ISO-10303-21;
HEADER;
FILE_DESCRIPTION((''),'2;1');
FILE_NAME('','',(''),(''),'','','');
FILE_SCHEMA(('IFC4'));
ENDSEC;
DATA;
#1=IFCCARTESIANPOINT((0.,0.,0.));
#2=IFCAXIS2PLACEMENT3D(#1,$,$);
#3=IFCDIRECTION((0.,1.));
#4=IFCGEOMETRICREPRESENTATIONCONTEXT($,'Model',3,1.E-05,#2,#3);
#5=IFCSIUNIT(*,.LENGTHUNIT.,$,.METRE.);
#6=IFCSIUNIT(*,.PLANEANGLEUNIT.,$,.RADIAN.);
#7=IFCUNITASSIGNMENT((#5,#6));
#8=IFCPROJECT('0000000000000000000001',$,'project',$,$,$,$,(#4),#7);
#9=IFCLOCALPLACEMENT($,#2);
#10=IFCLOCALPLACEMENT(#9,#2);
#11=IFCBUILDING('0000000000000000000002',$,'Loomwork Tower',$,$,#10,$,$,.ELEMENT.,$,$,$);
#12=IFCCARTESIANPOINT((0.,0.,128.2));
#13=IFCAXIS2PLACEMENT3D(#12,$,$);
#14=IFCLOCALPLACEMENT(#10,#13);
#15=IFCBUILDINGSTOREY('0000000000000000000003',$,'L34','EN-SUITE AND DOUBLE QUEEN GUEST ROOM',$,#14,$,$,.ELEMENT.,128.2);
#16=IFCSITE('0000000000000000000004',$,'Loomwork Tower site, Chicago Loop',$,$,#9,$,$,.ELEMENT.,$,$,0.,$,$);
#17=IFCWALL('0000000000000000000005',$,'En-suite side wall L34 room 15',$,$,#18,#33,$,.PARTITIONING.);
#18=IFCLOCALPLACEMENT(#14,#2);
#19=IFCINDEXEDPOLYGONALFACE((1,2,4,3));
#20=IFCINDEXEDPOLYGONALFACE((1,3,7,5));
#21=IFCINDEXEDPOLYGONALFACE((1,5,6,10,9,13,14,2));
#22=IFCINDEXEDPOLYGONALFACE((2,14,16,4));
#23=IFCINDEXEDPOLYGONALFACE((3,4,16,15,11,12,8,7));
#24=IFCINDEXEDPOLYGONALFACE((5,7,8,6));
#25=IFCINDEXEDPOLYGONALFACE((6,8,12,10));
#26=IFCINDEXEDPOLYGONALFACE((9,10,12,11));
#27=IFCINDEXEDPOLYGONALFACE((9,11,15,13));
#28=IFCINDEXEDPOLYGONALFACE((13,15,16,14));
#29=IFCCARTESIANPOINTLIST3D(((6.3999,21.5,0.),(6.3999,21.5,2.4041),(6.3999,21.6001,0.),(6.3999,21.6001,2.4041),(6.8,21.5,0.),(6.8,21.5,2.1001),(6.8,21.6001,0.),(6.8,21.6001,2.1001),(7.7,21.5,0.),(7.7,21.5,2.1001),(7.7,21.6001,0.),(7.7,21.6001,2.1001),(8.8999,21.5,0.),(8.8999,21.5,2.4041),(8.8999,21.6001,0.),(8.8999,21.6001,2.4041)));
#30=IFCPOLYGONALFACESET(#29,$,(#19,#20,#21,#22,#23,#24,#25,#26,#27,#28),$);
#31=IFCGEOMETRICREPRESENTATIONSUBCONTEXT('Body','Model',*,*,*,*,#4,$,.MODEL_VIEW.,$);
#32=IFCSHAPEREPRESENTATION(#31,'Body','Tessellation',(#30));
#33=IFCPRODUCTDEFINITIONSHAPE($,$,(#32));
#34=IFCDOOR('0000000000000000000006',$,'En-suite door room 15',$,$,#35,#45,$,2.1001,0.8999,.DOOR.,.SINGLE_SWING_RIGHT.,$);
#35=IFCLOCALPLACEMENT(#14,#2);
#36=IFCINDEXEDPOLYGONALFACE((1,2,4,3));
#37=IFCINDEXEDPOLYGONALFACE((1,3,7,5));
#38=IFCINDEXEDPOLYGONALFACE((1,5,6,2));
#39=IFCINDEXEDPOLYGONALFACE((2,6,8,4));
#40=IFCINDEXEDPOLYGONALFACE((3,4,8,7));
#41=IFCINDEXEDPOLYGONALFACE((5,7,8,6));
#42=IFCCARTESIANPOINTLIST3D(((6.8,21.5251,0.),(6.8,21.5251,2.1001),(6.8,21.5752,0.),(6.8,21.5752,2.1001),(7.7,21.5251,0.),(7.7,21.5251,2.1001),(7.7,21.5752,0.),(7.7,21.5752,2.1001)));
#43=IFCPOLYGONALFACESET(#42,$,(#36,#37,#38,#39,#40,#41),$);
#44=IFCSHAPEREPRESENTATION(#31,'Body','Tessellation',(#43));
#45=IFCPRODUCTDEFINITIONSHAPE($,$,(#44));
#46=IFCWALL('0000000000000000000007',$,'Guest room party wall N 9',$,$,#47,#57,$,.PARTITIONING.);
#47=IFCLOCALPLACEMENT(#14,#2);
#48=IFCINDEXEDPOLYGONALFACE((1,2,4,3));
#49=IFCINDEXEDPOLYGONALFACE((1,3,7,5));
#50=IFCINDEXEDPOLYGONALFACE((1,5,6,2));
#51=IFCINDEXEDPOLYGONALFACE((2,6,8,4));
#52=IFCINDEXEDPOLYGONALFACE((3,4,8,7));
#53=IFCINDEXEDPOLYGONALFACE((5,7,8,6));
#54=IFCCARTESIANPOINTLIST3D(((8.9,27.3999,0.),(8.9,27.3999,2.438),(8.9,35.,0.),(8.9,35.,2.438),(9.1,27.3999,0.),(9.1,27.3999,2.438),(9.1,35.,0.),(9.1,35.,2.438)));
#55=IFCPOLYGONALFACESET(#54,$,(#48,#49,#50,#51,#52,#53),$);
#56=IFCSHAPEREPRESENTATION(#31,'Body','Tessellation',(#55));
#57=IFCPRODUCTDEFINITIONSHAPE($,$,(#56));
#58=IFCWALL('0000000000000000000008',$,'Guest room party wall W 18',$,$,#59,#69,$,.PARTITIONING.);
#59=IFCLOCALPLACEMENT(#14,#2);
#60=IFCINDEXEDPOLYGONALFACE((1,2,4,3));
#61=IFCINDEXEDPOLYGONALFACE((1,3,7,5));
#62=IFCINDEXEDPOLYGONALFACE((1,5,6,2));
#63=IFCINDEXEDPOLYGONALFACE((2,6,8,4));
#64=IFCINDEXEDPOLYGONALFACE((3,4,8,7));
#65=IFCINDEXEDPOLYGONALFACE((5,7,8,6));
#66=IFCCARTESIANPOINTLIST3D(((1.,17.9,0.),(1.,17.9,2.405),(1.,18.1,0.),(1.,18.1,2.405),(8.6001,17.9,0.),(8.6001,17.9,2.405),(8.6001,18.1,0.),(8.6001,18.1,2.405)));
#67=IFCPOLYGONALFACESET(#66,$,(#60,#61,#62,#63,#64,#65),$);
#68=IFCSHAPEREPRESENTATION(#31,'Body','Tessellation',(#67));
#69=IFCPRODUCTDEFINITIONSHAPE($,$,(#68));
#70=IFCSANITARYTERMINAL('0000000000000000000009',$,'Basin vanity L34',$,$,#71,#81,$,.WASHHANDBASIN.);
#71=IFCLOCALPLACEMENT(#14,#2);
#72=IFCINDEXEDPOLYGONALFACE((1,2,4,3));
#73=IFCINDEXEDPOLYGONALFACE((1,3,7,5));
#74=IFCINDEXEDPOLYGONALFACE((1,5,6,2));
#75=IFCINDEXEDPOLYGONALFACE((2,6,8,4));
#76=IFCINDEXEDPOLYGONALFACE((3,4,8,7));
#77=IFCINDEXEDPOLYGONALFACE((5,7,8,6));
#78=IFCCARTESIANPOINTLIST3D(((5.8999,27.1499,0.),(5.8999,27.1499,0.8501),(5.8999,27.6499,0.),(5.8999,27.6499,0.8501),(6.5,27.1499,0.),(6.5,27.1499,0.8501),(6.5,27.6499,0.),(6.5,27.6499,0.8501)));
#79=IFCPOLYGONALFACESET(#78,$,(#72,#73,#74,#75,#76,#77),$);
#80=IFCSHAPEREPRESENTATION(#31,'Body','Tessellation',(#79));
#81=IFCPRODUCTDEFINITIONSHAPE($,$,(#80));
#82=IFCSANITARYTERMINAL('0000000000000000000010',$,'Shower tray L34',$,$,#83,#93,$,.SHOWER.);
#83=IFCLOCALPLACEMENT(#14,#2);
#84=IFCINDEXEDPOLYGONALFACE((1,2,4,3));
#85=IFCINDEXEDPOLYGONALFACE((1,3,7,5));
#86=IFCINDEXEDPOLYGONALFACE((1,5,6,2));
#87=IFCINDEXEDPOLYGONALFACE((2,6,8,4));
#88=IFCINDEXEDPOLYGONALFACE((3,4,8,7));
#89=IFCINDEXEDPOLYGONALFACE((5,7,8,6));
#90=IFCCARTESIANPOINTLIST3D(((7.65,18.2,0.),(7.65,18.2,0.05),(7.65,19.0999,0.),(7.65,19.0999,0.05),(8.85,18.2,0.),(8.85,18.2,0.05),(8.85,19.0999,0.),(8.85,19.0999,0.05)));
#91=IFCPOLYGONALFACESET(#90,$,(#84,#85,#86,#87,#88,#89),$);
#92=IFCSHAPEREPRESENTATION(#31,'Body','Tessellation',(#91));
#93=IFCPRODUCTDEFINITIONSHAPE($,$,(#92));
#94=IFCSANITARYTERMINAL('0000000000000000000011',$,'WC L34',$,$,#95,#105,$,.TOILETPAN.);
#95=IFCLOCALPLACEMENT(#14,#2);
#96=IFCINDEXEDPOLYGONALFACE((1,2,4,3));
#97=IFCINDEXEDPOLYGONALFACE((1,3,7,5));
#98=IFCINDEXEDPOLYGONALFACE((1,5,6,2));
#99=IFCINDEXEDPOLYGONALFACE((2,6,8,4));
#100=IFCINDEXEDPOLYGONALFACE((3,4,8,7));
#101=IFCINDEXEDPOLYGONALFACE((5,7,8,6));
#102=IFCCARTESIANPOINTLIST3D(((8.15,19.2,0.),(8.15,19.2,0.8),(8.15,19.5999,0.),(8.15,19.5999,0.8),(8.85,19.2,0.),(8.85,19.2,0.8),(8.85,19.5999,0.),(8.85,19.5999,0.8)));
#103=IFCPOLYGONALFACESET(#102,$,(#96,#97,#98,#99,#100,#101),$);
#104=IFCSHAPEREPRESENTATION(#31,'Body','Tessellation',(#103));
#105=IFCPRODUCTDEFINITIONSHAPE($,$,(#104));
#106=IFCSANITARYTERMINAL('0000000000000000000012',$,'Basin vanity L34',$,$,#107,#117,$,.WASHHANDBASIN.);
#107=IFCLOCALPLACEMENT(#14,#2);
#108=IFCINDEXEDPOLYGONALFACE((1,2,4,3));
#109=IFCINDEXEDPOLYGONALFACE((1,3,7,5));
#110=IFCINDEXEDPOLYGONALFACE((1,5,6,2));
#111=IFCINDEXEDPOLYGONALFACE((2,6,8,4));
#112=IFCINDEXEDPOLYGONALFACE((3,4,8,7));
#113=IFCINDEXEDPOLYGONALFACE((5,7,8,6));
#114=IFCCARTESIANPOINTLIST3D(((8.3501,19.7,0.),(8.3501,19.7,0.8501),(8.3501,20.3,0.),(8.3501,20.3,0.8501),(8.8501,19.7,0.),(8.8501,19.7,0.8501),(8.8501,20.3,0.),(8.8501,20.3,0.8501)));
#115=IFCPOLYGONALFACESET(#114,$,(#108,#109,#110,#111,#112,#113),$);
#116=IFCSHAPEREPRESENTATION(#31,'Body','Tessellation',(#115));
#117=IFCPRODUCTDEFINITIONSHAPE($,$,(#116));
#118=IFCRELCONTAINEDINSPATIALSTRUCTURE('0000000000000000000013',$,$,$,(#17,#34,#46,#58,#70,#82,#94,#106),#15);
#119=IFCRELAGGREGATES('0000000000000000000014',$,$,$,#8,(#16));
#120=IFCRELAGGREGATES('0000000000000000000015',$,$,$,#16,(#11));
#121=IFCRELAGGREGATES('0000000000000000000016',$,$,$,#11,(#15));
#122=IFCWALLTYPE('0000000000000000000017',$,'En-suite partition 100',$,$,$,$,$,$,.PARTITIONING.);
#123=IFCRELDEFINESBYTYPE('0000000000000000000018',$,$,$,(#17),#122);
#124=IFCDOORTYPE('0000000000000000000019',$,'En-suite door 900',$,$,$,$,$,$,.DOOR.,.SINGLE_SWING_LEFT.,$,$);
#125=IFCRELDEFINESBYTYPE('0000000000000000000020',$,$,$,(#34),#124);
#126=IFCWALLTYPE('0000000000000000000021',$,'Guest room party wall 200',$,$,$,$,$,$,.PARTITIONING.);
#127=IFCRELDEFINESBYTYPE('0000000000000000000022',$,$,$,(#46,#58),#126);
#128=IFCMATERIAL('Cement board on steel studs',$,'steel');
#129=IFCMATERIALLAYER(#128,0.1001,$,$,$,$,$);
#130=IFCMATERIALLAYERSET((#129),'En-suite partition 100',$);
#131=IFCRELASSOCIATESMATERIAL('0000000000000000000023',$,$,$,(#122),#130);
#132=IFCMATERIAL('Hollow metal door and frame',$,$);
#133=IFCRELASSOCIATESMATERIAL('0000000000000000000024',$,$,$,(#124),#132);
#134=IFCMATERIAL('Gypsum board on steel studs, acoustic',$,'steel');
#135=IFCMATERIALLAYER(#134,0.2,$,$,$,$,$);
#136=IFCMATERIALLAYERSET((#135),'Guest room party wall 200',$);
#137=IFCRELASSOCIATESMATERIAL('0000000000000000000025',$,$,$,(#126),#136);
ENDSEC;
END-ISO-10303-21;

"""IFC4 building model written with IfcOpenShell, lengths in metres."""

from ifc_helpers import new_model, si_unit, direction, frame, frame_2d, origin, origin_2d, place, context, subcontext, project, spatial, rectangle, extrude, material, layer, layer_set, type_object, element, fill, save


model = new_model("IFC4")

# Units and contexts
model_context = context("Model", 3, precision=1e-05, world=origin(), true_north=direction((0.0, 1.0)))
body_context = subcontext(model_context, "Body", "Model", "MODEL_VIEW")
ifc_project = project(units=[si_unit("LENGTHUNIT", "METRE"), si_unit("PLANEANGLEUNIT", "RADIAN")], contexts=[model_context])

# Site, building, storey
site_placement = place(None, origin())
site = spatial("IfcSite", under=ifc_project, at=site_placement, Name="Loomwork Tower site, Chicago Loop", CompositionType="ELEMENT", RefElevation=0.0)
building_placement = place(site_placement, origin())
building = spatial("IfcBuilding", under=site, at=building_placement, Name="Loomwork Tower", CompositionType="ELEMENT")
storey_placement = place(building_placement, frame((0.0, 0.0, 128.2)))
storey = spatial("IfcBuildingStorey", under=building, at=storey_placement, Name="L34", Description="EN-SUITE AND DOUBLE QUEEN GUEST ROOM", CompositionType="ELEMENT", Elevation=128.2)

# Shared definitions
ifc_material_1 = material(Name="Cement board on steel studs", Category="steel")
ifc_layer_1 = layer(ifc_material_1, 0.1001)
ifc_layer_set_1 = layer_set([ifc_layer_1], Name="En-suite partition 100")
wall_type_1 = type_object("IfcWallType", Name="En-suite partition 100", PredefinedType="PARTITIONING", material=ifc_layer_set_1)

# Wall, opening, door
wall_1_placement = place(storey_placement, frame((8.8999, 21.55, 0.0), z_axis=(0.0, 0.0, 1.0), x_axis=(-1.0, 0.0, 0.0)))
wall_1 = element("IfcWall", 1, at=wall_1_placement, inside=storey, type_object=wall_type_1, Name="En-suite side wall L34 room 15", PredefinedType="PARTITIONING", context=body_context, shape_type="SweptSolid", body=[
    extrude(rectangle(XDim=2.5, YDim=0.1001, at=frame_2d((1.25, 0.0))), origin(), (0.0, 0.0, 1.0), 2.4041),
])
opening_1_placement = place(wall_1_placement, frame((1.2, 0.0, 0.0)))
opening_1 = element("IfcOpeningElement", 2, at=opening_1_placement, cuts=wall_1, PredefinedType="OPENING", context=body_context, shape_type="SweptSolid", body=[
    extrude(rectangle(XDim=0.8999, YDim=2.1001, at=frame_2d((0.45, 1.05))), frame((0.0, 0.0601, 0.0), z_axis=(0.0, -1.0, 0.0), x_axis=(1.0, 0.0, 0.0)), (0.0, 0.0, 1.0), 0.1201),
])
ifc_material_2 = material(Name="Hollow metal door and frame")
door_type_1 = type_object("IfcDoorType", Name="En-suite door 900", OperationType="SINGLE_SWING_LEFT", PredefinedType="DOOR", material=ifc_material_2)
door_1_placement = place(opening_1_placement, origin())
door_1 = element("IfcDoor", 3, at=door_1_placement, inside=storey, type_object=door_type_1, Name="En-suite door room 15", OperationType="SINGLE_SWING_RIGHT", OverallHeight=2.1001, OverallWidth=0.8999, PredefinedType="DOOR", context=body_context, shape_type="SweptSolid", body=[
    extrude(rectangle(XDim=0.8999, YDim=2.1001, at=frame_2d((0.45, 1.05))), frame((0.0, 0.0249, 0.0), z_axis=(0.0, -1.0, 0.0), x_axis=(1.0, 0.0, 0.0)), (0.0, 0.0, 1.0), 0.05),
])
fill(opening_1, door_1)

# Walls
ifc_material_3 = material(Name="Gypsum board on steel studs, acoustic", Category="steel")
ifc_layer_2 = layer(ifc_material_3, 0.2)
ifc_layer_set_2 = layer_set([ifc_layer_2], Name="Guest room party wall 200")
wall_type_2 = type_object("IfcWallType", Name="Guest room party wall 200", PredefinedType="PARTITIONING", material=ifc_layer_set_2)
wall_2_placement = place(storey_placement, frame((9.0, 27.3999, 0.0), z_axis=(0.0, 0.0, 1.0), x_axis=(0.0, 1.0, 0.0)))
element("IfcWall", 4, at=wall_2_placement, inside=storey, type_object=wall_type_2, Name="Guest room party wall N 9", PredefinedType="PARTITIONING", context=body_context, shape_type="SweptSolid", body=[
    extrude(rectangle(XDim=7.6001, YDim=0.2, at=frame_2d((3.8, 0.0))), origin(), (0.0, 0.0, 1.0), 2.438),
])
wall_3_placement = place(storey_placement, frame((8.6001, 18.0, 0.0), z_axis=(0.0, 0.0, 1.0), x_axis=(-1.0, 0.0, 0.0)))
element("IfcWall", 5, at=wall_3_placement, inside=storey, type_object=wall_type_2, Name="Guest room party wall W 18", PredefinedType="PARTITIONING", context=body_context, shape_type="SweptSolid", body=[
    extrude(rectangle(XDim=7.6001, YDim=0.2, at=frame_2d((3.8, 0.0))), origin(), (0.0, 0.0, 1.0), 2.405),
])

# Sanitary terminals
sanitary_terminal_1_placement = place(storey_placement, frame((6.2, 27.3999, 0.0), z_axis=(0.0, 0.0, 1.0), x_axis=(1.0, 0.0, 0.0)))
element("IfcSanitaryTerminal", 6, at=sanitary_terminal_1_placement, inside=storey, Name="Basin vanity L34", PredefinedType="WASHHANDBASIN", context=body_context, shape_type="SweptSolid", body=[
    extrude(rectangle(XDim=0.6001, YDim=0.5, at=origin_2d()), origin(), (0.0, 0.0, 1.0), 0.8501),
])
sanitary_terminal_2_placement = place(storey_placement, frame((8.25, 18.6499, 0.0), z_axis=(0.0, 0.0, 1.0), x_axis=(1.0, 0.0, 0.0)))
element("IfcSanitaryTerminal", 7, at=sanitary_terminal_2_placement, inside=storey, Name="Shower tray L34", PredefinedType="SHOWER", context=body_context, shape_type="SweptSolid", body=[
    extrude(rectangle(XDim=1.2, YDim=0.8999, at=origin_2d()), origin(), (0.0, 0.0, 1.0), 0.05),
])
sanitary_terminal_3_placement = place(storey_placement, frame((8.5, 19.3999, 0.0), z_axis=(0.0, 0.0, 1.0), x_axis=(1.0, 0.0, 0.0)))
element("IfcSanitaryTerminal", 8, at=sanitary_terminal_3_placement, inside=storey, Name="WC L34", PredefinedType="TOILETPAN", context=body_context, shape_type="SweptSolid", body=[
    extrude(rectangle(XDim=0.7, YDim=0.3999, at=origin_2d()), origin(), (0.0, 0.0, 1.0), 0.8),
])
sanitary_terminal_4_placement = place(storey_placement, frame((8.6001, 20.0, 0.0), z_axis=(0.0, 0.0, 1.0), x_axis=(1.0, 0.0, 0.0)))
element("IfcSanitaryTerminal", 9, at=sanitary_terminal_4_placement, inside=storey, Name="Basin vanity L34", PredefinedType="WASHHANDBASIN", context=body_context, shape_type="SweptSolid", body=[
    extrude(rectangle(XDim=0.5, YDim=0.6001, at=origin_2d()), origin(), (0.0, 0.0, 1.0), 0.8501),
])

save(model, "model.ifc")
